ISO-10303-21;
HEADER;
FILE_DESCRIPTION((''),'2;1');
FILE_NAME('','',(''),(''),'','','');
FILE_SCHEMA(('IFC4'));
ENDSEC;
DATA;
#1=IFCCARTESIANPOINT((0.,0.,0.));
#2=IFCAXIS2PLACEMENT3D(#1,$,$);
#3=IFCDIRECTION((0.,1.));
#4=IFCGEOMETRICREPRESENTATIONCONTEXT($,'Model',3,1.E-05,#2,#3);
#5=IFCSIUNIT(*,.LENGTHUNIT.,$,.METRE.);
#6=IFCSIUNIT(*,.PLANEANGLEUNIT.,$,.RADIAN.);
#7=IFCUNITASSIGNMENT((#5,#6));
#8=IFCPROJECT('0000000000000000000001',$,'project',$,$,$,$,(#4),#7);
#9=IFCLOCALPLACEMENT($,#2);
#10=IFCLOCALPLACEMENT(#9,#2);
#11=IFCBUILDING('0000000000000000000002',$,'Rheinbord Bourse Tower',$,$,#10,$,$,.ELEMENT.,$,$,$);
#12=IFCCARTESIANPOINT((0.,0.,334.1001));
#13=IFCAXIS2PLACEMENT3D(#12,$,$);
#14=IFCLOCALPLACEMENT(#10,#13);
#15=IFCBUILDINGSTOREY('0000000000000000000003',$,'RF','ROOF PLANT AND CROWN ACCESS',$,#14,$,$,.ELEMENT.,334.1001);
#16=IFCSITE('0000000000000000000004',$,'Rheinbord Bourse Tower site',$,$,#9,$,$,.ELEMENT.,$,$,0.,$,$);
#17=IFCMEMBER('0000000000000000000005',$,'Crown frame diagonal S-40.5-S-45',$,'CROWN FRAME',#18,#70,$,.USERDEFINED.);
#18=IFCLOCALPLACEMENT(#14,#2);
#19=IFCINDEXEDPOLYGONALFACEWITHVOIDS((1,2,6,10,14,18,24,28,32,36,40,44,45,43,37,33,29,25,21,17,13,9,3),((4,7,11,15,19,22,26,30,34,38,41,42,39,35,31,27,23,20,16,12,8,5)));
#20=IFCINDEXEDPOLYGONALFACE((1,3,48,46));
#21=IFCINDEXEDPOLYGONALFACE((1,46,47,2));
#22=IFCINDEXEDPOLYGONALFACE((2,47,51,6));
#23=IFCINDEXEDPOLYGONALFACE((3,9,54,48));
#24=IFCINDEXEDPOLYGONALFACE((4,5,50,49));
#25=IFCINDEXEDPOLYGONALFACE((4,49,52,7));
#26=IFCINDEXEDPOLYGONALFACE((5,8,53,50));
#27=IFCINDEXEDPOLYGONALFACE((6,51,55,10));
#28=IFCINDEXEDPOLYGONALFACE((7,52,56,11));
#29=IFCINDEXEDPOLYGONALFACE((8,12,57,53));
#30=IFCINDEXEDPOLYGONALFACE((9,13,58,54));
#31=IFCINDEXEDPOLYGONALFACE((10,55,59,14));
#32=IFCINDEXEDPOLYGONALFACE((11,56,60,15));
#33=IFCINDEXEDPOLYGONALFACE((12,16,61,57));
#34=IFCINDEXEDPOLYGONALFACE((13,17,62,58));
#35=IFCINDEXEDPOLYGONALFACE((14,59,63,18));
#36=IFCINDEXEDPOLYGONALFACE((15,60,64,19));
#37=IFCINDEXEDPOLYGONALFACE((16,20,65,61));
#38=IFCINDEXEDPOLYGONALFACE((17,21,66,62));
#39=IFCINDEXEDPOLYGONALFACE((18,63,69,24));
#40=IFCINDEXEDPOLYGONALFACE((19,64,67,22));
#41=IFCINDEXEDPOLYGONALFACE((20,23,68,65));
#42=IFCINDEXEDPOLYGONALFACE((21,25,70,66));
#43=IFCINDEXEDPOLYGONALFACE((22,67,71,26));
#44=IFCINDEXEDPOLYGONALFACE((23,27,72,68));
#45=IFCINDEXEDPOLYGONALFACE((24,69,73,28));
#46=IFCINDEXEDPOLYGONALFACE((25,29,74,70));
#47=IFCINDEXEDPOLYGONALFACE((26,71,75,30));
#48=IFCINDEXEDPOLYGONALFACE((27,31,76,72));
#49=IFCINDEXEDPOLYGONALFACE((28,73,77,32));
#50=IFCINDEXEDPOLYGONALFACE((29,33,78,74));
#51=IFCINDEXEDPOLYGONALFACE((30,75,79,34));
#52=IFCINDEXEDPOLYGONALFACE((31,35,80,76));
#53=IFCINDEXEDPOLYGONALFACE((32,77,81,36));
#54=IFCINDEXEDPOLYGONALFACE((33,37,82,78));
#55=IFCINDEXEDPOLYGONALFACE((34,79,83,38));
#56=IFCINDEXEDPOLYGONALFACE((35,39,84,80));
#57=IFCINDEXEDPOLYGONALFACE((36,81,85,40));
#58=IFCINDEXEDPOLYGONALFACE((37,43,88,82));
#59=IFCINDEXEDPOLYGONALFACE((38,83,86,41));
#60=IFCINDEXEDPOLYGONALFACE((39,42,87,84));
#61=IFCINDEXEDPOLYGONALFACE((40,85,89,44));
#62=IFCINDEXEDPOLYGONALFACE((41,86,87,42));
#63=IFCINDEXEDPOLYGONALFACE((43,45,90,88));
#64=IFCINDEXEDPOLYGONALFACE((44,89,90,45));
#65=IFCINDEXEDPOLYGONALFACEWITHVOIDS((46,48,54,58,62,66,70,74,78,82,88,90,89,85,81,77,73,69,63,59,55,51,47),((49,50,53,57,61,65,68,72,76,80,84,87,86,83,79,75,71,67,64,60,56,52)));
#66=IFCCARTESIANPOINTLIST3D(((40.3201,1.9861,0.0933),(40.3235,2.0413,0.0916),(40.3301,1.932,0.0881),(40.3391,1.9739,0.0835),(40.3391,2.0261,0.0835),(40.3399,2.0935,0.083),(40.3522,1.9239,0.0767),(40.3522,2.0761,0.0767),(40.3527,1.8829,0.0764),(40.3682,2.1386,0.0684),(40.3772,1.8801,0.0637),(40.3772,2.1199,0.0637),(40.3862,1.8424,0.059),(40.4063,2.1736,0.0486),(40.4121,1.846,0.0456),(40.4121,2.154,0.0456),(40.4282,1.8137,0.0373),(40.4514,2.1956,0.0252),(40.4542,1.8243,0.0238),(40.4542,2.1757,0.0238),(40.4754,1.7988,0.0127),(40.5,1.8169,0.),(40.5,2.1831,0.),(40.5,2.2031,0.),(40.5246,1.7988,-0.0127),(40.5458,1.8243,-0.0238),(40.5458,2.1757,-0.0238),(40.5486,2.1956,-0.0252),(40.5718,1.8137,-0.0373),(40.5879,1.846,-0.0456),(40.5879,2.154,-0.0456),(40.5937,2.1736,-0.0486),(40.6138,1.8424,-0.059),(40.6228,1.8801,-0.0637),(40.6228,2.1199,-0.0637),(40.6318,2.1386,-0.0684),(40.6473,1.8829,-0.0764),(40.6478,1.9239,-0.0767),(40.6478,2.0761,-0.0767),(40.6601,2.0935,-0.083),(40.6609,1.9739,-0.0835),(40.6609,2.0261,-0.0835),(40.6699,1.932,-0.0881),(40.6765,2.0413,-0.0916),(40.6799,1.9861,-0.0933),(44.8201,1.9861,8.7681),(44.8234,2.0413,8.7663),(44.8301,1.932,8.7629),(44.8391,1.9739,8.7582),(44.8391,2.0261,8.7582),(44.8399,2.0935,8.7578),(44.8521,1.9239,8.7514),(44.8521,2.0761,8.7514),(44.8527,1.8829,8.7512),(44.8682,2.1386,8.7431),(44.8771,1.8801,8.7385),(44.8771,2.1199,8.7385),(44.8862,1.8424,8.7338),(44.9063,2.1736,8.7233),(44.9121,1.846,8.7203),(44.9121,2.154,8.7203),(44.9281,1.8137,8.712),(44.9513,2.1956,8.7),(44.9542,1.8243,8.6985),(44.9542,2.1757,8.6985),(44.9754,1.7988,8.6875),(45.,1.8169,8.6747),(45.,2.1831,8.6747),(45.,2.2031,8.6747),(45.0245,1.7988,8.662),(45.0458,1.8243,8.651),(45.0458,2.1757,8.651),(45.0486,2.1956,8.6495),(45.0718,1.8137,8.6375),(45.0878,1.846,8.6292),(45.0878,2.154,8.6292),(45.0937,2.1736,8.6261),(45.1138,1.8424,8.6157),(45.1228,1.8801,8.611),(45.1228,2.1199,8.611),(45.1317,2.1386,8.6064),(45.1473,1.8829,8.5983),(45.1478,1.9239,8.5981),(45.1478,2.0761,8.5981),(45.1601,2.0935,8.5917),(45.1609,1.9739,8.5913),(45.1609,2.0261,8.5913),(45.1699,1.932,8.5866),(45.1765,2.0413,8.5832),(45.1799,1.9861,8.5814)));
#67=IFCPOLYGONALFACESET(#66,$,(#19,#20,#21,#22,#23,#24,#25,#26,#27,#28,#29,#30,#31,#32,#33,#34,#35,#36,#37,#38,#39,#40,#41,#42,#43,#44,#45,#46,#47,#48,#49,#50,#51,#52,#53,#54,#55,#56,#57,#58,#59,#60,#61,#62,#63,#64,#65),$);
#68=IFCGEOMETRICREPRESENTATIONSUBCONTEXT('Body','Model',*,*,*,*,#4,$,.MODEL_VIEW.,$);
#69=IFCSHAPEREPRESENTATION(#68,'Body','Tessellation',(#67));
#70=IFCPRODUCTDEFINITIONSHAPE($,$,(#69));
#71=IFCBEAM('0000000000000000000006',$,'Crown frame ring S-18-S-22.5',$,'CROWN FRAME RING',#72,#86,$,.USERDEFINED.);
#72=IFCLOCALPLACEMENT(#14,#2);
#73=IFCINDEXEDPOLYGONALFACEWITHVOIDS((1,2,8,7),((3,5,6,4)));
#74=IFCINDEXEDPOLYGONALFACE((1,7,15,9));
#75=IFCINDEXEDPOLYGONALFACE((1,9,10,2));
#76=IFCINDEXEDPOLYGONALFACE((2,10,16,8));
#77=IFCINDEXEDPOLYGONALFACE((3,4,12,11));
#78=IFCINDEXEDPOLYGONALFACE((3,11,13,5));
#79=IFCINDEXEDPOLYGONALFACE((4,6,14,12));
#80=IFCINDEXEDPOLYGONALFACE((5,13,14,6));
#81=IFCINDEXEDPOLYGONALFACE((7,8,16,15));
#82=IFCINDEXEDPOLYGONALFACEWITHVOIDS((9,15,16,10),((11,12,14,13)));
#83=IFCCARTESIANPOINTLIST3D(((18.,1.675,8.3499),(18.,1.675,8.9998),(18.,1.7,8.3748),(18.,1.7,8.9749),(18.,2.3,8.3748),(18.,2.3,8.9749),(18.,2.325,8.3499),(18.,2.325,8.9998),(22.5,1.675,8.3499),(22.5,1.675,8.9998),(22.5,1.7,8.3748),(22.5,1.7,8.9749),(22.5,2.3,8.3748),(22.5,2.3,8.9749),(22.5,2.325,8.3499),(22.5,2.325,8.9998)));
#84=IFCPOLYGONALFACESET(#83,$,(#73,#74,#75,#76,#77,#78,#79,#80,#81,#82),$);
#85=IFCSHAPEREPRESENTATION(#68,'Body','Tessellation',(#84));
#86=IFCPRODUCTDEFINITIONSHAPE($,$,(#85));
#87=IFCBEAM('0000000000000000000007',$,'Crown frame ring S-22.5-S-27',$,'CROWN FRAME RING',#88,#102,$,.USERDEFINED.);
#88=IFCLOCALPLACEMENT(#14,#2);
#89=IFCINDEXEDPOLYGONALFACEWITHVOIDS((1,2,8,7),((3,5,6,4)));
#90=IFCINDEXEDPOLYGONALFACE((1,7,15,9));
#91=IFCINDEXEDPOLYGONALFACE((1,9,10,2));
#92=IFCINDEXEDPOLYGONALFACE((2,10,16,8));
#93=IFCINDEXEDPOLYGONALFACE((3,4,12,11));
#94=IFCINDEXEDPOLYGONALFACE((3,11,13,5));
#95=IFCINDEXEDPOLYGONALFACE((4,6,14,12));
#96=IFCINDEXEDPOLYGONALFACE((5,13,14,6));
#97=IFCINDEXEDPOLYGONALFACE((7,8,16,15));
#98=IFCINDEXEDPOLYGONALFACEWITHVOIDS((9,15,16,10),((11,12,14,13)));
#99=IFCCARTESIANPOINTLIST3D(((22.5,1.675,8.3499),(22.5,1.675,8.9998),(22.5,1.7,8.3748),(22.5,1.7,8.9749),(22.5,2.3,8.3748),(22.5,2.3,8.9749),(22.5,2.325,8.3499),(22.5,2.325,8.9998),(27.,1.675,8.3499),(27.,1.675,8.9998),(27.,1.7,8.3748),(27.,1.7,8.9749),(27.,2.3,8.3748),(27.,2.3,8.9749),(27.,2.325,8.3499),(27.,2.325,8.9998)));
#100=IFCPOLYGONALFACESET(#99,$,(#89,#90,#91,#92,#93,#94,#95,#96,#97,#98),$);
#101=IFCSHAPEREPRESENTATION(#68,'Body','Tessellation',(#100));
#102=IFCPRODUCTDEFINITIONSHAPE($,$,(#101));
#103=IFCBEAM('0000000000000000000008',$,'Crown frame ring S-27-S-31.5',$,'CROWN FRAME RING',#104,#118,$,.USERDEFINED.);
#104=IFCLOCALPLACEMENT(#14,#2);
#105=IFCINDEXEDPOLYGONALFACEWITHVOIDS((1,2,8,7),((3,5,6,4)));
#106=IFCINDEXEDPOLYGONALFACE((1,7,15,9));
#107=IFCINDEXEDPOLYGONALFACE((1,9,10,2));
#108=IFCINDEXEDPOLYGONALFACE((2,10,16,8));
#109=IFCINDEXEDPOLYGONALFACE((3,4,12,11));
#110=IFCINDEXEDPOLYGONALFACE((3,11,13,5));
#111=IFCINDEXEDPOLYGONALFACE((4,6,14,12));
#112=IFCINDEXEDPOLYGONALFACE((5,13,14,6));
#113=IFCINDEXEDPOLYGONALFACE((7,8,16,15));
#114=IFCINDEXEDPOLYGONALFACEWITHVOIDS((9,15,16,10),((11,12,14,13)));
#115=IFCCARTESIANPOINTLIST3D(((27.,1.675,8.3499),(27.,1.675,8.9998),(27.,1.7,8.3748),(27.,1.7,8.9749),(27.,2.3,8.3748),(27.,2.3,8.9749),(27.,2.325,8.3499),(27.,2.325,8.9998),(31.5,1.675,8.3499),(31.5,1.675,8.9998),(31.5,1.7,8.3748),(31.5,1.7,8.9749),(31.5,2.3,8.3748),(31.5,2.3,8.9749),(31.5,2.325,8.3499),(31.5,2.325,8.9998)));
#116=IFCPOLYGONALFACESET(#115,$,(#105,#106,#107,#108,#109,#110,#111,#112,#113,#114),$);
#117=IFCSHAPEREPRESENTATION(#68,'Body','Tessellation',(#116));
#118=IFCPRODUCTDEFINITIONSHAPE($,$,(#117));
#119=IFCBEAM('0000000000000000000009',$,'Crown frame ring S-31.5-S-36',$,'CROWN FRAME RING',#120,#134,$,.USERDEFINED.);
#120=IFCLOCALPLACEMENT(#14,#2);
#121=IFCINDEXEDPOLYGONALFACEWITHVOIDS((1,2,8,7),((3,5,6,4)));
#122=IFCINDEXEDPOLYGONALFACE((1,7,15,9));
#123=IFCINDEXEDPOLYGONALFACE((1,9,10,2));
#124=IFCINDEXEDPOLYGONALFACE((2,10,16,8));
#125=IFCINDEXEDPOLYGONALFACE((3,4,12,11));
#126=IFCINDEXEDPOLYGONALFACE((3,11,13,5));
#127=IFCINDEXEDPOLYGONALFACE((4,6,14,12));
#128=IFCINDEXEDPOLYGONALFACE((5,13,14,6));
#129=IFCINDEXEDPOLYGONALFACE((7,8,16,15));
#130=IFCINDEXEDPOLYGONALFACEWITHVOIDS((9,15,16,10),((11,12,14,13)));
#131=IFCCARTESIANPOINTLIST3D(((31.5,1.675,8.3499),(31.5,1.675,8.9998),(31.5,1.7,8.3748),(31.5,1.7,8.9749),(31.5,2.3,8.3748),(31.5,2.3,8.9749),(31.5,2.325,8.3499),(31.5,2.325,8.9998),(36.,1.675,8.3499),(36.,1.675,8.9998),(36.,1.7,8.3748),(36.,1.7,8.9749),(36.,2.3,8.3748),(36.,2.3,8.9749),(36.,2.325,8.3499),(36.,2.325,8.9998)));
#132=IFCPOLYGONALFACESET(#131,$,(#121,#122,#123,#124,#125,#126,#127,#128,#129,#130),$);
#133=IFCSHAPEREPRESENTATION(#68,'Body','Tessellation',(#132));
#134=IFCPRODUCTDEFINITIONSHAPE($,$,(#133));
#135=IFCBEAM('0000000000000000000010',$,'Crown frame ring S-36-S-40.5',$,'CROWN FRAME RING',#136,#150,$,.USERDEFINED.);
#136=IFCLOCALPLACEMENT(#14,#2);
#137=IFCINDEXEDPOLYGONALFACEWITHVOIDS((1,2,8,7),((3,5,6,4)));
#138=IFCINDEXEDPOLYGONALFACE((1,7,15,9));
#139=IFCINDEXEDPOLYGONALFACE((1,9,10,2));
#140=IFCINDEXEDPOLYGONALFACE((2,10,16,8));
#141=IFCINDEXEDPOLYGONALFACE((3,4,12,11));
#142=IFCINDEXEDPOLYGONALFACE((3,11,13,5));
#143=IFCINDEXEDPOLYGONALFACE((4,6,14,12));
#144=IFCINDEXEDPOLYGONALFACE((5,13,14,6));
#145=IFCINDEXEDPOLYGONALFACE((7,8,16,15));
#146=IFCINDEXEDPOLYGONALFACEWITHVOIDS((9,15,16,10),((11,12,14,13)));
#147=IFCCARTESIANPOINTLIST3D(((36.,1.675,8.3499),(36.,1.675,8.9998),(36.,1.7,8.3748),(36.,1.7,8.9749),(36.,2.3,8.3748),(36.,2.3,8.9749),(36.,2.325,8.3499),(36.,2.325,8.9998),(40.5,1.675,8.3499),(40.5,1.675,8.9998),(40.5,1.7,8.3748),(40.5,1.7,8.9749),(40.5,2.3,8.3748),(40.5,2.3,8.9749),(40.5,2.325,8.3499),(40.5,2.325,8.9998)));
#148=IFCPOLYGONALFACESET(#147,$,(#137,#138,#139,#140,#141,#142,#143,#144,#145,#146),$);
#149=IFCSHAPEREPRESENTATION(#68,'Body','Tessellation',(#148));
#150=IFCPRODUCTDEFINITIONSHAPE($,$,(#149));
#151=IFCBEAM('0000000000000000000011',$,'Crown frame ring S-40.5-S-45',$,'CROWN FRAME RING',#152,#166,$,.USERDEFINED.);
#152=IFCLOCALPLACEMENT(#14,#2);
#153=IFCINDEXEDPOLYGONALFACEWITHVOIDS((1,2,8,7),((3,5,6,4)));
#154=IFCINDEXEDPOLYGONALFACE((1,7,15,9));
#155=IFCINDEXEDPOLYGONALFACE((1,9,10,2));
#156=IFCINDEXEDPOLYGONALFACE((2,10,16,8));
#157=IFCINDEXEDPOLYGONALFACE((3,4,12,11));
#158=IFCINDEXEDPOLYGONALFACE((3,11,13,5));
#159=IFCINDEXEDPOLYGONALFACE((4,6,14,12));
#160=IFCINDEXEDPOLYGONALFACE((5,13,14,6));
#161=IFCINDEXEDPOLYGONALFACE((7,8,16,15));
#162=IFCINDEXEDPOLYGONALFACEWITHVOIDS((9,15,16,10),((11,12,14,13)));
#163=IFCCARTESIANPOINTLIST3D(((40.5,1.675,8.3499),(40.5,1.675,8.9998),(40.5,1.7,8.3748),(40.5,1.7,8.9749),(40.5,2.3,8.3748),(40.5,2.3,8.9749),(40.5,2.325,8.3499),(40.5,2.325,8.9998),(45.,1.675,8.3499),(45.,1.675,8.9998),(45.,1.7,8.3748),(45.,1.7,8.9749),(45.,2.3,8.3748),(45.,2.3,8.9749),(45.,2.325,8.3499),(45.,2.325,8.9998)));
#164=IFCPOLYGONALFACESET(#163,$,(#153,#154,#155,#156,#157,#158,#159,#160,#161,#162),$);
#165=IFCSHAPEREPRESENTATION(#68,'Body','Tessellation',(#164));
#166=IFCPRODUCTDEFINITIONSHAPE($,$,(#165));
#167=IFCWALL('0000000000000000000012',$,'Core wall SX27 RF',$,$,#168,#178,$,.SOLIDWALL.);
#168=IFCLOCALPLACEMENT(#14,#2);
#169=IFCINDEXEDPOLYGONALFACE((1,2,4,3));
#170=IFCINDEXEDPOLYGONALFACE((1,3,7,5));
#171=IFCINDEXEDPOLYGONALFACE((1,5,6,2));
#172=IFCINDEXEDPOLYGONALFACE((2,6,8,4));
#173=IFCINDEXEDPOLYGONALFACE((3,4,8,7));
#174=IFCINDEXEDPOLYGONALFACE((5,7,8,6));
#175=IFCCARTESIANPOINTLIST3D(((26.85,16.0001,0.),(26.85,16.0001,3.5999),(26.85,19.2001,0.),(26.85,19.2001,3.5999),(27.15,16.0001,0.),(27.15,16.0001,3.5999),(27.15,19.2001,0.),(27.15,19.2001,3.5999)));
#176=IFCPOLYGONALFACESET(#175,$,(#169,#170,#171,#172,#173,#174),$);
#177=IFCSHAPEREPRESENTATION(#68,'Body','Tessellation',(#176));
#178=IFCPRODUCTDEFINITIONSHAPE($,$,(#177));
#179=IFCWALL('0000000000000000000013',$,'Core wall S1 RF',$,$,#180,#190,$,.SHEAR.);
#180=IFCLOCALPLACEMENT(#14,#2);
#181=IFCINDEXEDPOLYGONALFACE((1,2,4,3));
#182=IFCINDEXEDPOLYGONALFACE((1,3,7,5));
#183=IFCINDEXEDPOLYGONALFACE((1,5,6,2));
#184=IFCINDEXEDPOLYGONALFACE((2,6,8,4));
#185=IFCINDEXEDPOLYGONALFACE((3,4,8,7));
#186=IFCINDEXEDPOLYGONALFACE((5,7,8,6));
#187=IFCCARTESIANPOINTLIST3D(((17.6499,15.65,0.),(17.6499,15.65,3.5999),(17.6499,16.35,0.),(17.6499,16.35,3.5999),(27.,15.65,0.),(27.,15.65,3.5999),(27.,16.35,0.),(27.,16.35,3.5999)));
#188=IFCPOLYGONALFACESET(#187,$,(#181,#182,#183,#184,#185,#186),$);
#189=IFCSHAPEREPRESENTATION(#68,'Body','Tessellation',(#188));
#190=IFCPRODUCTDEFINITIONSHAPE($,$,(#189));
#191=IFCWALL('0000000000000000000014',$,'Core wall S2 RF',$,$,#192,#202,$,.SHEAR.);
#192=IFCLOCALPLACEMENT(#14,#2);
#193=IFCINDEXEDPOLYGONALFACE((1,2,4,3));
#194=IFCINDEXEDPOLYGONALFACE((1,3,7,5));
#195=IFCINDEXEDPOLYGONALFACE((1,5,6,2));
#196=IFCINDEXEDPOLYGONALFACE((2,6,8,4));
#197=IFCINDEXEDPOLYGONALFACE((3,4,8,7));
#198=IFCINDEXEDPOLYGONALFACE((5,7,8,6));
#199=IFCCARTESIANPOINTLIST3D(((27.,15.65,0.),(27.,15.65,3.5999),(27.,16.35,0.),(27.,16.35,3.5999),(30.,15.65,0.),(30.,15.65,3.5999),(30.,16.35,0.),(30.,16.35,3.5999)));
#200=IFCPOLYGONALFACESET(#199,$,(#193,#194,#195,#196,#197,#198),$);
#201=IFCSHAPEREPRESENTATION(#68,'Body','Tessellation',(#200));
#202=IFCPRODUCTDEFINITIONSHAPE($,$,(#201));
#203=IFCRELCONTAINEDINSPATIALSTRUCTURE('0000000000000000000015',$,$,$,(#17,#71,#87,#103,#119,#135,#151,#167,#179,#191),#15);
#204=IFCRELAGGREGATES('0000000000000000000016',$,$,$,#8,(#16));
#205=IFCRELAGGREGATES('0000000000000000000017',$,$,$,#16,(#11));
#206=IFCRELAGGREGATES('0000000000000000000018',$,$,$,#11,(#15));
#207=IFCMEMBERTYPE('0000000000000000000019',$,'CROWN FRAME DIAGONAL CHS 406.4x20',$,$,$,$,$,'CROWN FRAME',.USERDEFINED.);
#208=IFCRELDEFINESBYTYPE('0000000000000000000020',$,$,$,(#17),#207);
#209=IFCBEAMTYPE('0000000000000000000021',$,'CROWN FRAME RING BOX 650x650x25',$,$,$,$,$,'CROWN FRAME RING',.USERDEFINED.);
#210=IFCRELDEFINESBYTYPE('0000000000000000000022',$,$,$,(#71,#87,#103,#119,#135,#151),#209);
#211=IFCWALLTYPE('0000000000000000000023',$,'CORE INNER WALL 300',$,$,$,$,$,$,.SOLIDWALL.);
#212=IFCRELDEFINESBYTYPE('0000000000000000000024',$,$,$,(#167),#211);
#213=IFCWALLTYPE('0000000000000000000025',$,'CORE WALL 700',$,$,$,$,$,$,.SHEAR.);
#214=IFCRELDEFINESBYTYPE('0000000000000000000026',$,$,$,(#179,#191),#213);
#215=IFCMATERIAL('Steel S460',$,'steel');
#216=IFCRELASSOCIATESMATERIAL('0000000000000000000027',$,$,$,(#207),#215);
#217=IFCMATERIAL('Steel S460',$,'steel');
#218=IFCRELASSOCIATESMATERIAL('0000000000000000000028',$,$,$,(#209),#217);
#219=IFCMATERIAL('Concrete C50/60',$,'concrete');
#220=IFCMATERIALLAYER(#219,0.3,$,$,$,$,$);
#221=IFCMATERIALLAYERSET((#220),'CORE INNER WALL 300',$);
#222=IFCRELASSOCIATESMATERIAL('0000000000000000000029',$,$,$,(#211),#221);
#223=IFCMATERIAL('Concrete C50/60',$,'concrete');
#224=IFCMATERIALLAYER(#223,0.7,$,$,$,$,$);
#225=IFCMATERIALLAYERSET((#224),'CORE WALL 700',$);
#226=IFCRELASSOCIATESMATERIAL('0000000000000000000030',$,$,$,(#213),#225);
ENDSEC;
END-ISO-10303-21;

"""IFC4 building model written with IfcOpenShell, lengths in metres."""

from ifc_helpers import new_model, si_unit, direction, frame, frame_2d, origin, origin_2d, place, context, subcontext, project, spatial, rectangle, hollow_rectangle, hollow_circle, extrude, material, layer, layer_set, material_profile, profile_set, type_object, element, save


model = new_model("IFC4")

# Units and contexts
model_context = context("Model", 3, precision=1e-05, world=origin(), true_north=direction((0.0, 1.0)))
body_context = subcontext(model_context, "Body", "Model", "MODEL_VIEW")
ifc_project = project(units=[si_unit("LENGTHUNIT", "METRE"), si_unit("PLANEANGLEUNIT", "RADIAN")], contexts=[model_context])

# Site, building, storey
site_placement = place(None, origin())
site = spatial("IfcSite", under=ifc_project, at=site_placement, Name="Rheinbord Bourse Tower site", CompositionType="ELEMENT", RefElevation=0.0)
building_placement = place(site_placement, origin())
building = spatial("IfcBuilding", under=site, at=building_placement, Name="Rheinbord Bourse Tower", CompositionType="ELEMENT")
storey_placement = place(building_placement, frame((0.0, 0.0, 334.1001)))
storey = spatial("IfcBuildingStorey", under=building, at=storey_placement, Name="RF", Description="ROOF PLANT AND CROWN ACCESS", CompositionType="ELEMENT", Elevation=334.1001)

# Member
ifc_material_1 = material(Name="Steel S460", Category="steel")
ifc_material_profile_1 = material_profile(ifc_material_1, hollow_circle(Radius=0.2031, WallThickness=0.02, at=origin_2d()), Name="CHS 406.4x20")
ifc_profile_set_1 = profile_set([ifc_material_profile_1], Name="Steel S460")
member_type = type_object("IfcMemberType", Name="CROWN FRAME DIAGONAL CHS 406.4x20", ElementType="CROWN FRAME", PredefinedType="USERDEFINED", material=ifc_profile_set_1)
for number, where, z_axis, x_axis, name in (
    (1, (40.5, 2.0, 0.0), (0.460475, 0.0, 0.887673), (0.0, 1.0, 0.0), "Crown frame diagonal S-40.5-S-45"),
):
    element("IfcMember", number, at=place(storey_placement, frame(where, z_axis=z_axis, x_axis=x_axis)), inside=storey, type_object=member_type, Name=name, ObjectType="CROWN FRAME", PredefinedType="USERDEFINED", context=body_context, shape_type="SweptSolid", body=[
        extrude(hollow_circle(Radius=0.2031, WallThickness=0.02, at=origin_2d()), origin(), (0.0, 0.0, 1.0), 9.7725),
    ])

# Beams
ifc_material_2 = material(Name="Steel S460", Category="steel")
ifc_material_profile_2 = material_profile(ifc_material_2, hollow_rectangle(XDim=0.6499, YDim=0.6499, WallThickness=0.0249, at=origin_2d()), Name="BOX 650x650x25")
ifc_profile_set_2 = profile_set([ifc_material_profile_2], Name="Steel S460")
beam_type = type_object("IfcBeamType", Name="CROWN FRAME RING BOX 650x650x25", ElementType="CROWN FRAME RING", PredefinedType="USERDEFINED", material=ifc_profile_set_2)
for number, where, z_axis, x_axis, name in (
    (2, (18.0, 2.0, 8.6748), (1.0, 0.0, 0.0), (0.0, 1.0, 0.0), "Crown frame ring S-18-S-22.5"),
    (3, (22.5, 2.0, 8.6748), (1.0, 0.0, 0.0), (0.0, 1.0, 0.0), "Crown frame ring S-22.5-S-27"),
    (4, (27.0, 2.0, 8.6748), (1.0, 0.0, 0.0), (0.0, 1.0, 0.0), "Crown frame ring S-27-S-31.5"),
    (5, (31.5, 2.0, 8.6748), (1.0, 0.0, 0.0), (0.0, 1.0, 0.0), "Crown frame ring S-31.5-S-36"),
    (6, (36.0, 2.0, 8.6748), (1.0, 0.0, 0.0), (0.0, 1.0, 0.0), "Crown frame ring S-36-S-40.5"),
    (7, (40.5, 2.0, 8.6748), (1.0, 0.0, 0.0), (0.0, 1.0, 0.0), "Crown frame ring S-40.5-S-45"),
):
    element("IfcBeam", number, at=place(storey_placement, frame(where, z_axis=z_axis, x_axis=x_axis)), inside=storey, type_object=beam_type, Name=name, ObjectType="CROWN FRAME RING", PredefinedType="USERDEFINED", context=body_context, shape_type="SweptSolid", body=[
        extrude(hollow_rectangle(XDim=0.6499, YDim=0.6499, WallThickness=0.0249, at=origin_2d()), origin(), (0.0, 0.0, 1.0), 4.5),
    ])

# Walls
ifc_material_3 = material(Name="Concrete C50/60", Category="concrete")
ifc_layer_1 = layer(ifc_material_3, 0.3)
ifc_layer_set_1 = layer_set([ifc_layer_1], Name="CORE INNER WALL 300")
wall_type_1 = type_object("IfcWallType", Name="CORE INNER WALL 300", PredefinedType="SOLIDWALL", material=ifc_layer_set_1)
wall_1_placement = place(storey_placement, frame((27.0, 16.0, 0.0), z_axis=(0.0, 0.0, 1.0), x_axis=(0.0, 1.0, 0.0)))
element("IfcWall", 8, at=wall_1_placement, inside=storey, type_object=wall_type_1, Name="Core wall SX27 RF", PredefinedType="SOLIDWALL", context=body_context, shape_type="SweptSolid", body=[
    extrude(rectangle(XDim=3.2, YDim=0.3, at=frame_2d((1.6001, 0.0))), origin(), (0.0, 0.0, 1.0), 3.5999),
])
ifc_material_4 = material(Name="Concrete C50/60", Category="concrete")
ifc_layer_2 = layer(ifc_material_4, 0.7)
ifc_layer_set_2 = layer_set([ifc_layer_2], Name="CORE WALL 700")
wall_type_2 = type_object("IfcWallType", Name="CORE WALL 700", PredefinedType="SHEAR", material=ifc_layer_set_2)
wall_2_placement = place(storey_placement, frame((17.6499, 16.0, 0.0), z_axis=(0.0, 0.0, 1.0), x_axis=(1.0, 0.0, 0.0)))
element("IfcWall", 9, at=wall_2_placement, inside=storey, type_object=wall_type_2, Name="Core wall S1 RF", PredefinedType="SHEAR", context=body_context, shape_type="SweptSolid", body=[
    extrude(rectangle(XDim=9.3501, YDim=0.7, at=frame_2d((4.675, 0.0))), origin(), (0.0, 0.0, 1.0), 3.5999),
])
wall_3_placement = place(storey_placement, frame((27.0, 16.0, 0.0), z_axis=(0.0, 0.0, 1.0), x_axis=(1.0, 0.0, 0.0)))
element("IfcWall", 10, at=wall_3_placement, inside=storey, type_object=wall_type_2, Name="Core wall S2 RF", PredefinedType="SHEAR", context=body_context, shape_type="SweptSolid", body=[
    extrude(rectangle(XDim=3.0, YDim=0.7, at=frame_2d((1.5, 0.0))), origin(), (0.0, 0.0, 1.0), 3.5999),
])

save(model, "model.ifc")
